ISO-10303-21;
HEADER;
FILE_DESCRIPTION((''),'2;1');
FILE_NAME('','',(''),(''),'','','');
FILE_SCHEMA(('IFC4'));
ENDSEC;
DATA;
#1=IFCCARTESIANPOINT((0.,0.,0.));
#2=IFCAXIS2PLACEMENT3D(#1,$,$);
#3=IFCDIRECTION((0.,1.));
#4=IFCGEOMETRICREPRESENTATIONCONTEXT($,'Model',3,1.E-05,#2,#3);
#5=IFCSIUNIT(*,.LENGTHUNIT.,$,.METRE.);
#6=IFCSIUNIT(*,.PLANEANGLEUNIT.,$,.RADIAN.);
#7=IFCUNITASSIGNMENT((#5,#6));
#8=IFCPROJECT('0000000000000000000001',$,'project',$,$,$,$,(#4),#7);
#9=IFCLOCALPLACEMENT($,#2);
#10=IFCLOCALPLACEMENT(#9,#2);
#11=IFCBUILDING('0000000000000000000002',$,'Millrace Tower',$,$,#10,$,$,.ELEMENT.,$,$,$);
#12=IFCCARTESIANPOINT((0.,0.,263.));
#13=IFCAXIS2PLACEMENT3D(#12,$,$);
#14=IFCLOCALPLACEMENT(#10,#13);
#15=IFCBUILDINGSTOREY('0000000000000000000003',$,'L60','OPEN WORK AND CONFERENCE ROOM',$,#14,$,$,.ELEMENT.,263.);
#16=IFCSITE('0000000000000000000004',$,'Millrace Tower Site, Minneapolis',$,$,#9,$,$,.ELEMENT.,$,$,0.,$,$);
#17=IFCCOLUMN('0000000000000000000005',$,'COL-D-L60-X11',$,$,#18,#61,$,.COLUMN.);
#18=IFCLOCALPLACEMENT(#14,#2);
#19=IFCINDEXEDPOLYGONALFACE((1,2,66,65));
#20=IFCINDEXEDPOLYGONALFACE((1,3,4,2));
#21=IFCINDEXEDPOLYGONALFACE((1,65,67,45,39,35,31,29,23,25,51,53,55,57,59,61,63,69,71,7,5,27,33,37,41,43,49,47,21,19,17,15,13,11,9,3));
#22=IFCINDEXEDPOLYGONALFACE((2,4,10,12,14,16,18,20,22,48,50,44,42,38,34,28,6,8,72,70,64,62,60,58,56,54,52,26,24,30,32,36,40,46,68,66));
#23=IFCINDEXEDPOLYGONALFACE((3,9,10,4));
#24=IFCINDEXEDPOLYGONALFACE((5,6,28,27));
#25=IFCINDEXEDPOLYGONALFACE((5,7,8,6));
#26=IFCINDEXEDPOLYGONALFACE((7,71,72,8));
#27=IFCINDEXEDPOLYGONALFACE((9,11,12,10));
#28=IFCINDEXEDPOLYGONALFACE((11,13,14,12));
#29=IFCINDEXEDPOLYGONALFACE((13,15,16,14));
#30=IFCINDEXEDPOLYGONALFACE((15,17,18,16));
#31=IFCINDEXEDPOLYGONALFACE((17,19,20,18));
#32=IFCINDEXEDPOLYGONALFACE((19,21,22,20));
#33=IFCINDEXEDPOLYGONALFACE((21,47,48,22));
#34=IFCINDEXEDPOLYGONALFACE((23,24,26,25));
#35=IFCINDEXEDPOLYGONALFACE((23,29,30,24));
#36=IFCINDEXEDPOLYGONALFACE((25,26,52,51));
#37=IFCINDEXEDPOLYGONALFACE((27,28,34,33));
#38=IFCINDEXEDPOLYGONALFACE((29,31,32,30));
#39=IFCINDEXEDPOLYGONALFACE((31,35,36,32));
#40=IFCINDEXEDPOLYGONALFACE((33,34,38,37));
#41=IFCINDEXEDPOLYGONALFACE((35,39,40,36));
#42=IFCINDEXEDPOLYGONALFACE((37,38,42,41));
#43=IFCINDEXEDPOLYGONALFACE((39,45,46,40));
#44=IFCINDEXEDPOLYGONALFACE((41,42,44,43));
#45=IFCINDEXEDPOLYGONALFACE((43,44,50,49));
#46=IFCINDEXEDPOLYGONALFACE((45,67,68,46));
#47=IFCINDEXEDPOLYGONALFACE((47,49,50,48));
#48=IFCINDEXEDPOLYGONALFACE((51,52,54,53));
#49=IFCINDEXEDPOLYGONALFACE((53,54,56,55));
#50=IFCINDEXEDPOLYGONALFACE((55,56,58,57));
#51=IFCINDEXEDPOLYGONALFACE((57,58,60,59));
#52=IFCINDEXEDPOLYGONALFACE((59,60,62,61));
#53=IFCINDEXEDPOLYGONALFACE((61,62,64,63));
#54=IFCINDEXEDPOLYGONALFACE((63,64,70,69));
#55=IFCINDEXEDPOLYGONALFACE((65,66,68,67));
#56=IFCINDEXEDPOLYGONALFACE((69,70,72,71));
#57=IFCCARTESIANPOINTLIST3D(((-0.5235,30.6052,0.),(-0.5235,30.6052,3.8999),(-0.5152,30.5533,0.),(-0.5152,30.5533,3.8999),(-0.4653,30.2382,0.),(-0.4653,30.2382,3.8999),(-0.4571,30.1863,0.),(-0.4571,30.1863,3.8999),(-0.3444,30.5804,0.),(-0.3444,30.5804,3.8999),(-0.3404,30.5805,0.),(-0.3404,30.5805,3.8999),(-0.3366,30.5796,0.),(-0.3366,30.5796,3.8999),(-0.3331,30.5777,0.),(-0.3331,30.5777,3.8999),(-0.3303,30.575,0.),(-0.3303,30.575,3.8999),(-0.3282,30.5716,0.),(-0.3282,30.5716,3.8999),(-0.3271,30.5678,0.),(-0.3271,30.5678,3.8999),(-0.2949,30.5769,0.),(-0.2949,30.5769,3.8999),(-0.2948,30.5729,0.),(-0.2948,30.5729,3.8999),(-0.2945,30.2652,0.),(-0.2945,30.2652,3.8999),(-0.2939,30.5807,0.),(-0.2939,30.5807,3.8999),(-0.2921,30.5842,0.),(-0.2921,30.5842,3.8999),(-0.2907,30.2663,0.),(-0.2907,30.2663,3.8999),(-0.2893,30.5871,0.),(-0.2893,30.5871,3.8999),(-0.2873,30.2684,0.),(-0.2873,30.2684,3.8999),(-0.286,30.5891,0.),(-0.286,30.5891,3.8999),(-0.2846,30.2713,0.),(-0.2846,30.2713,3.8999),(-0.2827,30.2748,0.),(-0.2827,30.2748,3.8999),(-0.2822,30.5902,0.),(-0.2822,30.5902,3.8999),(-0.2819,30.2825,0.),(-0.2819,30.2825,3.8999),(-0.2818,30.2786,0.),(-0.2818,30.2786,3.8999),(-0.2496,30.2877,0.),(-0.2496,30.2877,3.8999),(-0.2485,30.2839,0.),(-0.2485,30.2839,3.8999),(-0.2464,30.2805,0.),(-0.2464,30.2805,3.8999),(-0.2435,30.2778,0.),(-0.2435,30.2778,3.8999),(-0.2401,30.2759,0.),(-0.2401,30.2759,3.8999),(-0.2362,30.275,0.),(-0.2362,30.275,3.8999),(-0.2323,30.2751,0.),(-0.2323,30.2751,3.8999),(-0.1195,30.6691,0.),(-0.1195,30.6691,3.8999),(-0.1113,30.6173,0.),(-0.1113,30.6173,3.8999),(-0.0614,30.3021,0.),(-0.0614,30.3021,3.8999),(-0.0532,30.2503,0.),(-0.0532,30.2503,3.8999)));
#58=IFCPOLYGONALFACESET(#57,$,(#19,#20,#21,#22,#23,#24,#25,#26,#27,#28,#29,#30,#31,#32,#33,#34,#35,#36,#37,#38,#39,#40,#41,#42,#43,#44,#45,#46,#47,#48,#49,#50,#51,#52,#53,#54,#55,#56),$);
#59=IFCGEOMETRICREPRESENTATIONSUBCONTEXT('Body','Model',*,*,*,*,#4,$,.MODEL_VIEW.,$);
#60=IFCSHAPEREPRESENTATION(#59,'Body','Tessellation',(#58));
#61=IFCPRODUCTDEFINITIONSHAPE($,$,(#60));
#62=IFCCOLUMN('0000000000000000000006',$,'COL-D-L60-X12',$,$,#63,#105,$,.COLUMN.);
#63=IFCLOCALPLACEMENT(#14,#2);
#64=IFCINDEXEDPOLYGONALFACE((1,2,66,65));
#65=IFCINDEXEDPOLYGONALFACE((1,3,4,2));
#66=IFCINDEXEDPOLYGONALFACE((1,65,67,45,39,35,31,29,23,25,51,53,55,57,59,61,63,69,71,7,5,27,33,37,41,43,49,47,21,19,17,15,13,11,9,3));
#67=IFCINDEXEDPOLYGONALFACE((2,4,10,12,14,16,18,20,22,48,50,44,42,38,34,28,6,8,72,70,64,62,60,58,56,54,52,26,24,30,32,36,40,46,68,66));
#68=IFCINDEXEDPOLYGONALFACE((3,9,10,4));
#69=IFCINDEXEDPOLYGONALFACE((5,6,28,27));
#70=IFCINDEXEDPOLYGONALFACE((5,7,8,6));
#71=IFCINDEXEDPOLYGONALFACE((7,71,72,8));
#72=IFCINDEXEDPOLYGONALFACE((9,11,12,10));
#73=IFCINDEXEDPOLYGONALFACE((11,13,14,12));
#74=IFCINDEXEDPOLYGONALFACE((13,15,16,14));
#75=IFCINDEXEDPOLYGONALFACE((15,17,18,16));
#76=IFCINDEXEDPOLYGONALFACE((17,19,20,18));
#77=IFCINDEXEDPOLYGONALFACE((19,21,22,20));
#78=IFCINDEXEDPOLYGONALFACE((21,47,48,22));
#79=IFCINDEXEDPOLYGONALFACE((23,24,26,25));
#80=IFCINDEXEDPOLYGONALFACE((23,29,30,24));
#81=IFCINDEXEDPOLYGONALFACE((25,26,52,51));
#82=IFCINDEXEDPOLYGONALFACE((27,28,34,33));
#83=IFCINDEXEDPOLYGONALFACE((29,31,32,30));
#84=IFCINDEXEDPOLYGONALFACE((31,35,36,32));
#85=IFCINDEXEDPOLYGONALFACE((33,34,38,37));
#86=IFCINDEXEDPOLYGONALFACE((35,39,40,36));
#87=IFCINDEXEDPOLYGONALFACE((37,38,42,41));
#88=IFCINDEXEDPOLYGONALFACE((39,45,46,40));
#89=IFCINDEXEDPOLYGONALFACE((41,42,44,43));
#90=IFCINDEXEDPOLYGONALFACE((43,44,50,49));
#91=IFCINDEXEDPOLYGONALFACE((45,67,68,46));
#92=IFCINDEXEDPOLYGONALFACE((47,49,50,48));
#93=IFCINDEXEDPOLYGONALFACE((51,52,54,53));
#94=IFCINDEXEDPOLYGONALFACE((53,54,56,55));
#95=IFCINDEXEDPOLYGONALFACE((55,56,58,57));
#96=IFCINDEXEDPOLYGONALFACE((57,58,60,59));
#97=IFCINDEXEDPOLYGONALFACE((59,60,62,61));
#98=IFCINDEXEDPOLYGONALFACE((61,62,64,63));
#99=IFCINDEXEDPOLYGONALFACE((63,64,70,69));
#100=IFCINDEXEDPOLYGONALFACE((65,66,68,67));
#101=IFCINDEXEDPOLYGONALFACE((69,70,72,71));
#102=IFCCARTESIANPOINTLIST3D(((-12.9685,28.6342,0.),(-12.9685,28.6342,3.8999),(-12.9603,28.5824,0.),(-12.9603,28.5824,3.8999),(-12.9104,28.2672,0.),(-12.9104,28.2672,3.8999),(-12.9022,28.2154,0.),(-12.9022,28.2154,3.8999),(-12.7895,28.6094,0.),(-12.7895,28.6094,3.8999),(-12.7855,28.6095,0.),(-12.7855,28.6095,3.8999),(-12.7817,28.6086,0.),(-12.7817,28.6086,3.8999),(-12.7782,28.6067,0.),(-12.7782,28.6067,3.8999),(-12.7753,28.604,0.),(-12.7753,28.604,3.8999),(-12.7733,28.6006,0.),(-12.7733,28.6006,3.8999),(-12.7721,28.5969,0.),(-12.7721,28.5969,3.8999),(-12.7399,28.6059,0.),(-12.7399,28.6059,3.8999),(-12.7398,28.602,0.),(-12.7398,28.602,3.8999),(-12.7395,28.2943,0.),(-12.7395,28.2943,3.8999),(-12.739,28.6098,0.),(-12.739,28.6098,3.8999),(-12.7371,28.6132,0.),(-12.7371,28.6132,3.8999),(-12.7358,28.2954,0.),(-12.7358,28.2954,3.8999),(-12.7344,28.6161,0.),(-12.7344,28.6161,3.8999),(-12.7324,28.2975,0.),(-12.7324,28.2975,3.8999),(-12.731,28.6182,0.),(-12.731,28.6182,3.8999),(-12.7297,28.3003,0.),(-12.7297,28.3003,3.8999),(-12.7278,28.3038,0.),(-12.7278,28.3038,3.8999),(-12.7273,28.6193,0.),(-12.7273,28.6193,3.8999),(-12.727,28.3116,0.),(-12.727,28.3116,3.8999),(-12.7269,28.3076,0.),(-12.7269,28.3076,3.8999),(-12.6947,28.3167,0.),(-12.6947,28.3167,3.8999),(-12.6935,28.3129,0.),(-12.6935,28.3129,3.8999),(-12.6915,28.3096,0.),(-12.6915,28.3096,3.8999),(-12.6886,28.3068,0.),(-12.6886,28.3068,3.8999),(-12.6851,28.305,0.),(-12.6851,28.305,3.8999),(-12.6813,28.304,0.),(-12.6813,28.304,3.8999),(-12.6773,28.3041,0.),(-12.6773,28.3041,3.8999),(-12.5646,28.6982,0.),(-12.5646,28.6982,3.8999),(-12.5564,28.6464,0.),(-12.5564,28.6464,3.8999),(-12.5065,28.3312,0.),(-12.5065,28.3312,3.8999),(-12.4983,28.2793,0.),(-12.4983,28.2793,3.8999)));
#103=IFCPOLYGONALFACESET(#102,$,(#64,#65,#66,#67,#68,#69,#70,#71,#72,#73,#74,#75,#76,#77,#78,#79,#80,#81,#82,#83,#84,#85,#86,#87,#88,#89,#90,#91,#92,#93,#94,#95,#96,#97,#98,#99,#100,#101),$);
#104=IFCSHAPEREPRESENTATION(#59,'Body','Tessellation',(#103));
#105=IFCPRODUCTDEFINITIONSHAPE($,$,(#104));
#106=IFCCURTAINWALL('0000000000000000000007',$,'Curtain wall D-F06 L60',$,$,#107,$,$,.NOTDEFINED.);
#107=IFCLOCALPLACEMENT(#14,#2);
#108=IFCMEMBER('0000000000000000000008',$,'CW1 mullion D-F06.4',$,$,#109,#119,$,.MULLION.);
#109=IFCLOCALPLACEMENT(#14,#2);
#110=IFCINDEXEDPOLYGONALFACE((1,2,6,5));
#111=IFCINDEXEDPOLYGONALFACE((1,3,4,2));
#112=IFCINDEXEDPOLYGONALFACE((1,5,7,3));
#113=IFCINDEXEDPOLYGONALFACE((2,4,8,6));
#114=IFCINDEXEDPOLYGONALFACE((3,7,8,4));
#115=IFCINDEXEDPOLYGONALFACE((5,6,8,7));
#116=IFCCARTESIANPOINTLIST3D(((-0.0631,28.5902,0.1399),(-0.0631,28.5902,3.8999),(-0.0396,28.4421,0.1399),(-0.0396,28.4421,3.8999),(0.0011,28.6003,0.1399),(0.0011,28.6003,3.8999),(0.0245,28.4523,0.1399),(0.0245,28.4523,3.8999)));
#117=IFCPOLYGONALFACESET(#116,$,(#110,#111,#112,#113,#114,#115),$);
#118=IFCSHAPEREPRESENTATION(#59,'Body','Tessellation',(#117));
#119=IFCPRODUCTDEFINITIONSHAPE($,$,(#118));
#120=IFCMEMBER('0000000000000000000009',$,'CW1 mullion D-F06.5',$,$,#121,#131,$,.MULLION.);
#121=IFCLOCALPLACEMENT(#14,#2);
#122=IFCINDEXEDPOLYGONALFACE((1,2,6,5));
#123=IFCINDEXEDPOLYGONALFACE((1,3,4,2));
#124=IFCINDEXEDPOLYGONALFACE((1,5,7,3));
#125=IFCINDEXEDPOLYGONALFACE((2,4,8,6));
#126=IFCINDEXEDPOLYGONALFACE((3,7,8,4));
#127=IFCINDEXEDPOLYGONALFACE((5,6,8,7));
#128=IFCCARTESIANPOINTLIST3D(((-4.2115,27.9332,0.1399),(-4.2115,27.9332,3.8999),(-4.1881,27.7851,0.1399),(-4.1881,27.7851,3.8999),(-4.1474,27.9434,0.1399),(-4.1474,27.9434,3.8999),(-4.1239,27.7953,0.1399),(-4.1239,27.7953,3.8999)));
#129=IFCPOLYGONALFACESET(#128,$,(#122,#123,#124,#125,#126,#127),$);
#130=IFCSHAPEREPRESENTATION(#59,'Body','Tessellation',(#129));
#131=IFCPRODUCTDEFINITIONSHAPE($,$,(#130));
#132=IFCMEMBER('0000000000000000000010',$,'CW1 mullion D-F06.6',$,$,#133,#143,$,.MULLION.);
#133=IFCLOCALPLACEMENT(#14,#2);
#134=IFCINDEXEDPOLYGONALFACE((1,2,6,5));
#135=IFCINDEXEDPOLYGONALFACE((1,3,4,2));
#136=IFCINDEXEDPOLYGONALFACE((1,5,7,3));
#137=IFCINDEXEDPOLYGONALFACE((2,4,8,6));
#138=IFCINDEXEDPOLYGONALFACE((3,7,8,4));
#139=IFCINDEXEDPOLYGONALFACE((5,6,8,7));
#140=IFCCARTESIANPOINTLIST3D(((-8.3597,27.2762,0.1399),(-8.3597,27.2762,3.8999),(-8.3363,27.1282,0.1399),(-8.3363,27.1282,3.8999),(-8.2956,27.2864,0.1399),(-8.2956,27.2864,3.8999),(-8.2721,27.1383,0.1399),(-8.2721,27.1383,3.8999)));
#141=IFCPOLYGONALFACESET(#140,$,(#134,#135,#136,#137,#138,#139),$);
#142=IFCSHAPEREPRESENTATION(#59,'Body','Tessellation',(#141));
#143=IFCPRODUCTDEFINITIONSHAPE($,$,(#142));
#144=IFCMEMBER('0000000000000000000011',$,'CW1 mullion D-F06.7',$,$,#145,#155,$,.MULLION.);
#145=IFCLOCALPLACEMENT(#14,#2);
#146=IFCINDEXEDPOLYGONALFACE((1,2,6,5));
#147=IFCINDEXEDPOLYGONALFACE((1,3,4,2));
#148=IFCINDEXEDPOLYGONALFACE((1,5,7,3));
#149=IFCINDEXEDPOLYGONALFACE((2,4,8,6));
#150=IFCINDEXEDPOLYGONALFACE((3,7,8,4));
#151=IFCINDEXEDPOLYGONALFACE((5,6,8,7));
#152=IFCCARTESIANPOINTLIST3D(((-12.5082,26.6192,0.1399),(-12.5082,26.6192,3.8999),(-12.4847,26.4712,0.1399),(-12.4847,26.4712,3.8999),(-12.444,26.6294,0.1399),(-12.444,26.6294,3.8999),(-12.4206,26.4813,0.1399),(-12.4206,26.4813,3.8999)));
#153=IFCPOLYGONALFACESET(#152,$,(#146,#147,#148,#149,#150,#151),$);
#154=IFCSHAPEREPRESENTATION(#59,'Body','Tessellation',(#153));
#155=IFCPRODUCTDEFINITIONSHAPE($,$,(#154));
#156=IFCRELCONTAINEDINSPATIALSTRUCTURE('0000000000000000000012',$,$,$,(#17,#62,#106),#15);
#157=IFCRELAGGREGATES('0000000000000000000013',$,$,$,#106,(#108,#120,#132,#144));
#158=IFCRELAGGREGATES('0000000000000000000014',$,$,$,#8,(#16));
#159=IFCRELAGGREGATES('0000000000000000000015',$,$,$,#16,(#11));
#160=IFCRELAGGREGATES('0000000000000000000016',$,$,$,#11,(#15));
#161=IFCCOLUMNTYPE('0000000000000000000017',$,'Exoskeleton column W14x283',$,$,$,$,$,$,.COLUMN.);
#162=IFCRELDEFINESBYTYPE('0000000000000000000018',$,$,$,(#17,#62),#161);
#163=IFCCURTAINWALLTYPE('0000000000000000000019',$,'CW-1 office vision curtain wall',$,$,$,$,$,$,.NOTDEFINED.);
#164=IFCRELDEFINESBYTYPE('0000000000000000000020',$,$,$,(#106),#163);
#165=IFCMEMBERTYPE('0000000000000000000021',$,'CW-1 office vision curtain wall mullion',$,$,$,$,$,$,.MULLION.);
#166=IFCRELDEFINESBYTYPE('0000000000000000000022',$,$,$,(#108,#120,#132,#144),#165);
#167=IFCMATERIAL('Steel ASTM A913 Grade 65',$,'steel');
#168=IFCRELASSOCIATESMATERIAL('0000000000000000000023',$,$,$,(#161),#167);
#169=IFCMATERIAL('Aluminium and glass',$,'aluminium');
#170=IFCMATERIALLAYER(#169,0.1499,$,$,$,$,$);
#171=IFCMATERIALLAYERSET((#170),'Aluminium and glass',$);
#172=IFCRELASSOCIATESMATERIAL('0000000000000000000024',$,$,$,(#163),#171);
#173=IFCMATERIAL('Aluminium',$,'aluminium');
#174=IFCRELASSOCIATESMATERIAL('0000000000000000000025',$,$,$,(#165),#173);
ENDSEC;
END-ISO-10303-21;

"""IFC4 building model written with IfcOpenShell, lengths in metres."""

from ifc_helpers import new_model, si_unit, direction, frame, origin, origin_2d, place, context, subcontext, project, spatial, rectangle, i_section, extrude, material, layer, layer_set, material_profile, profile_set, type_object, element, aggregate, save


model = new_model("IFC4")

# Units and contexts
model_context = context("Model", 3, precision=1e-05, world=origin(), true_north=direction((0.0, 1.0)))
body_context = subcontext(model_context, "Body", "Model", "MODEL_VIEW")
ifc_project = project(units=[si_unit("LENGTHUNIT", "METRE"), si_unit("PLANEANGLEUNIT", "RADIAN")], contexts=[model_context])

# Site, building, storey
site_placement = place(None, origin())
site = spatial("IfcSite", under=ifc_project, at=site_placement, Name="Millrace Tower Site, Minneapolis", CompositionType="ELEMENT", RefElevation=0.0)
building_placement = place(site_placement, origin())
building = spatial("IfcBuilding", under=site, at=building_placement, Name="Millrace Tower", CompositionType="ELEMENT")
storey_placement = place(building_placement, frame((0.0, 0.0, 263.0)))
storey = spatial("IfcBuildingStorey", under=building, at=storey_placement, Name="L60", Description="OPEN WORK AND CONFERENCE ROOM", CompositionType="ELEMENT", Elevation=263.0)

# Columns
ifc_material_1 = material(Name="Steel ASTM A913 Grade 65", Category="steel")
ifc_material_profile_1 = material_profile(ifc_material_1, i_section(OverallWidth=0.4089, OverallDepth=0.4241, WebThickness=0.0327, FlangeThickness=0.0525, FilletRadius=0.0151, at=origin_2d()))
ifc_profile_set_1 = profile_set([ifc_material_profile_1], Name="Steel ASTM A913 Grade 65")
column_type = type_object("IfcColumnType", Name="Exoskeleton column W14x283", PredefinedType="COLUMN", material=ifc_profile_set_1)
for number, where, z_axis, x_axis, name in (
    (1, (-0.2883, 30.4277, 0.0), (0.0, 0.0, 1.0), (-0.987688, -0.156434, 0.0), "COL-D-L60-X11"),
    (2, (-12.7334, 28.4568, 0.0), (0.0, 0.0, 1.0), (-0.987688, -0.156434, 0.0), "COL-D-L60-X12"),
):
    element("IfcColumn", number, at=place(storey_placement, frame(where, z_axis=z_axis, x_axis=x_axis)), inside=storey, type_object=column_type, Name=name, PredefinedType="COLUMN", context=body_context, shape_type="SweptSolid", body=[
        extrude(i_section(OverallWidth=0.4089, OverallDepth=0.4241, WebThickness=0.0327, FlangeThickness=0.0525, FilletRadius=0.0151, at=origin_2d()), origin(), (0.0, 0.0, 1.0), 3.8999),
    ])

# Curtain wall, members
ifc_material_2 = material(Name="Aluminium and glass", Category="aluminium")
ifc_layer_1 = layer(ifc_material_2, 0.1499)
ifc_layer_set_1 = layer_set([ifc_layer_1], Name="Aluminium and glass")
curtain_wall_type = type_object("IfcCurtainWallType", Name="CW-1 office vision curtain wall", PredefinedType="NOTDEFINED", material=ifc_layer_set_1)
curtain_wall_placement = place(storey_placement, origin())
curtain_wall = element("IfcCurtainWall", 3, at=curtain_wall_placement, inside=storey, type_object=curtain_wall_type, Name="Curtain wall D-F06 L60", PredefinedType="NOTDEFINED")
ifc_material_3 = material(Name="Aluminium", Category="aluminium")
ifc_material_profile_2 = material_profile(ifc_material_3, rectangle(XDim=0.0649, YDim=0.1499, at=origin_2d()))
ifc_profile_set_2 = profile_set([ifc_material_profile_2], Name="Aluminium")
member_type_1 = type_object("IfcMemberType", Name="CW-1 office vision curtain wall mullion", PredefinedType="MULLION", material=ifc_profile_set_2)
member_1_placement = place(storey_placement, frame((-0.0193, 28.5212, 0.1399), z_axis=(0.0, 0.0, 1.0), x_axis=(-0.987688, -0.156434, 0.0)))
member_1 = element("IfcMember", 4, at=member_1_placement, type_object=member_type_1, Name="CW1 mullion D-F06.4", PredefinedType="MULLION", context=body_context, shape_type="SweptSolid", body=[
    extrude(rectangle(XDim=0.0649, YDim=0.1499, at=origin_2d()), origin(), (0.0, 0.0, 1.0), 3.76),
])
member_2_placement = place(storey_placement, frame((-4.1677, 27.8643, 0.1399), z_axis=(0.0, 0.0, 1.0), x_axis=(-0.987688, -0.156434, 0.0)))
member_2 = element("IfcMember", 5, at=member_2_placement, type_object=member_type_1, Name="CW1 mullion D-F06.5", PredefinedType="MULLION", context=body_context, shape_type="SweptSolid", body=[
    extrude(rectangle(XDim=0.0649, YDim=0.1499, at=origin_2d()), origin(), (0.0, 0.0, 1.0), 3.76),
])
member_3_placement = place(storey_placement, frame((-8.3159, 27.2073, 0.1399), z_axis=(0.0, 0.0, 1.0), x_axis=(-0.987688, -0.156434, 0.0)))
member_3 = element("IfcMember", 6, at=member_3_placement, type_object=member_type_1, Name="CW1 mullion D-F06.6", PredefinedType="MULLION", context=body_context, shape_type="SweptSolid", body=[
    extrude(rectangle(XDim=0.0649, YDim=0.1499, at=origin_2d()), origin(), (0.0, 0.0, 1.0), 3.76),
])
member_4_placement = place(storey_placement, frame((-12.4644, 26.5503, 0.1399), z_axis=(0.0, 0.0, 1.0), x_axis=(-0.987688, -0.156434, 0.0)))
member_4 = element("IfcMember", 7, at=member_4_placement, type_object=member_type_1, Name="CW1 mullion D-F06.7", PredefinedType="MULLION", context=body_context, shape_type="SweptSolid", body=[
    extrude(rectangle(XDim=0.0649, YDim=0.1499, at=origin_2d()), origin(), (0.0, 0.0, 1.0), 3.76),
])
aggregate(curtain_wall, [member_1, member_2, member_3, member_4])

save(model, "model.ifc")
